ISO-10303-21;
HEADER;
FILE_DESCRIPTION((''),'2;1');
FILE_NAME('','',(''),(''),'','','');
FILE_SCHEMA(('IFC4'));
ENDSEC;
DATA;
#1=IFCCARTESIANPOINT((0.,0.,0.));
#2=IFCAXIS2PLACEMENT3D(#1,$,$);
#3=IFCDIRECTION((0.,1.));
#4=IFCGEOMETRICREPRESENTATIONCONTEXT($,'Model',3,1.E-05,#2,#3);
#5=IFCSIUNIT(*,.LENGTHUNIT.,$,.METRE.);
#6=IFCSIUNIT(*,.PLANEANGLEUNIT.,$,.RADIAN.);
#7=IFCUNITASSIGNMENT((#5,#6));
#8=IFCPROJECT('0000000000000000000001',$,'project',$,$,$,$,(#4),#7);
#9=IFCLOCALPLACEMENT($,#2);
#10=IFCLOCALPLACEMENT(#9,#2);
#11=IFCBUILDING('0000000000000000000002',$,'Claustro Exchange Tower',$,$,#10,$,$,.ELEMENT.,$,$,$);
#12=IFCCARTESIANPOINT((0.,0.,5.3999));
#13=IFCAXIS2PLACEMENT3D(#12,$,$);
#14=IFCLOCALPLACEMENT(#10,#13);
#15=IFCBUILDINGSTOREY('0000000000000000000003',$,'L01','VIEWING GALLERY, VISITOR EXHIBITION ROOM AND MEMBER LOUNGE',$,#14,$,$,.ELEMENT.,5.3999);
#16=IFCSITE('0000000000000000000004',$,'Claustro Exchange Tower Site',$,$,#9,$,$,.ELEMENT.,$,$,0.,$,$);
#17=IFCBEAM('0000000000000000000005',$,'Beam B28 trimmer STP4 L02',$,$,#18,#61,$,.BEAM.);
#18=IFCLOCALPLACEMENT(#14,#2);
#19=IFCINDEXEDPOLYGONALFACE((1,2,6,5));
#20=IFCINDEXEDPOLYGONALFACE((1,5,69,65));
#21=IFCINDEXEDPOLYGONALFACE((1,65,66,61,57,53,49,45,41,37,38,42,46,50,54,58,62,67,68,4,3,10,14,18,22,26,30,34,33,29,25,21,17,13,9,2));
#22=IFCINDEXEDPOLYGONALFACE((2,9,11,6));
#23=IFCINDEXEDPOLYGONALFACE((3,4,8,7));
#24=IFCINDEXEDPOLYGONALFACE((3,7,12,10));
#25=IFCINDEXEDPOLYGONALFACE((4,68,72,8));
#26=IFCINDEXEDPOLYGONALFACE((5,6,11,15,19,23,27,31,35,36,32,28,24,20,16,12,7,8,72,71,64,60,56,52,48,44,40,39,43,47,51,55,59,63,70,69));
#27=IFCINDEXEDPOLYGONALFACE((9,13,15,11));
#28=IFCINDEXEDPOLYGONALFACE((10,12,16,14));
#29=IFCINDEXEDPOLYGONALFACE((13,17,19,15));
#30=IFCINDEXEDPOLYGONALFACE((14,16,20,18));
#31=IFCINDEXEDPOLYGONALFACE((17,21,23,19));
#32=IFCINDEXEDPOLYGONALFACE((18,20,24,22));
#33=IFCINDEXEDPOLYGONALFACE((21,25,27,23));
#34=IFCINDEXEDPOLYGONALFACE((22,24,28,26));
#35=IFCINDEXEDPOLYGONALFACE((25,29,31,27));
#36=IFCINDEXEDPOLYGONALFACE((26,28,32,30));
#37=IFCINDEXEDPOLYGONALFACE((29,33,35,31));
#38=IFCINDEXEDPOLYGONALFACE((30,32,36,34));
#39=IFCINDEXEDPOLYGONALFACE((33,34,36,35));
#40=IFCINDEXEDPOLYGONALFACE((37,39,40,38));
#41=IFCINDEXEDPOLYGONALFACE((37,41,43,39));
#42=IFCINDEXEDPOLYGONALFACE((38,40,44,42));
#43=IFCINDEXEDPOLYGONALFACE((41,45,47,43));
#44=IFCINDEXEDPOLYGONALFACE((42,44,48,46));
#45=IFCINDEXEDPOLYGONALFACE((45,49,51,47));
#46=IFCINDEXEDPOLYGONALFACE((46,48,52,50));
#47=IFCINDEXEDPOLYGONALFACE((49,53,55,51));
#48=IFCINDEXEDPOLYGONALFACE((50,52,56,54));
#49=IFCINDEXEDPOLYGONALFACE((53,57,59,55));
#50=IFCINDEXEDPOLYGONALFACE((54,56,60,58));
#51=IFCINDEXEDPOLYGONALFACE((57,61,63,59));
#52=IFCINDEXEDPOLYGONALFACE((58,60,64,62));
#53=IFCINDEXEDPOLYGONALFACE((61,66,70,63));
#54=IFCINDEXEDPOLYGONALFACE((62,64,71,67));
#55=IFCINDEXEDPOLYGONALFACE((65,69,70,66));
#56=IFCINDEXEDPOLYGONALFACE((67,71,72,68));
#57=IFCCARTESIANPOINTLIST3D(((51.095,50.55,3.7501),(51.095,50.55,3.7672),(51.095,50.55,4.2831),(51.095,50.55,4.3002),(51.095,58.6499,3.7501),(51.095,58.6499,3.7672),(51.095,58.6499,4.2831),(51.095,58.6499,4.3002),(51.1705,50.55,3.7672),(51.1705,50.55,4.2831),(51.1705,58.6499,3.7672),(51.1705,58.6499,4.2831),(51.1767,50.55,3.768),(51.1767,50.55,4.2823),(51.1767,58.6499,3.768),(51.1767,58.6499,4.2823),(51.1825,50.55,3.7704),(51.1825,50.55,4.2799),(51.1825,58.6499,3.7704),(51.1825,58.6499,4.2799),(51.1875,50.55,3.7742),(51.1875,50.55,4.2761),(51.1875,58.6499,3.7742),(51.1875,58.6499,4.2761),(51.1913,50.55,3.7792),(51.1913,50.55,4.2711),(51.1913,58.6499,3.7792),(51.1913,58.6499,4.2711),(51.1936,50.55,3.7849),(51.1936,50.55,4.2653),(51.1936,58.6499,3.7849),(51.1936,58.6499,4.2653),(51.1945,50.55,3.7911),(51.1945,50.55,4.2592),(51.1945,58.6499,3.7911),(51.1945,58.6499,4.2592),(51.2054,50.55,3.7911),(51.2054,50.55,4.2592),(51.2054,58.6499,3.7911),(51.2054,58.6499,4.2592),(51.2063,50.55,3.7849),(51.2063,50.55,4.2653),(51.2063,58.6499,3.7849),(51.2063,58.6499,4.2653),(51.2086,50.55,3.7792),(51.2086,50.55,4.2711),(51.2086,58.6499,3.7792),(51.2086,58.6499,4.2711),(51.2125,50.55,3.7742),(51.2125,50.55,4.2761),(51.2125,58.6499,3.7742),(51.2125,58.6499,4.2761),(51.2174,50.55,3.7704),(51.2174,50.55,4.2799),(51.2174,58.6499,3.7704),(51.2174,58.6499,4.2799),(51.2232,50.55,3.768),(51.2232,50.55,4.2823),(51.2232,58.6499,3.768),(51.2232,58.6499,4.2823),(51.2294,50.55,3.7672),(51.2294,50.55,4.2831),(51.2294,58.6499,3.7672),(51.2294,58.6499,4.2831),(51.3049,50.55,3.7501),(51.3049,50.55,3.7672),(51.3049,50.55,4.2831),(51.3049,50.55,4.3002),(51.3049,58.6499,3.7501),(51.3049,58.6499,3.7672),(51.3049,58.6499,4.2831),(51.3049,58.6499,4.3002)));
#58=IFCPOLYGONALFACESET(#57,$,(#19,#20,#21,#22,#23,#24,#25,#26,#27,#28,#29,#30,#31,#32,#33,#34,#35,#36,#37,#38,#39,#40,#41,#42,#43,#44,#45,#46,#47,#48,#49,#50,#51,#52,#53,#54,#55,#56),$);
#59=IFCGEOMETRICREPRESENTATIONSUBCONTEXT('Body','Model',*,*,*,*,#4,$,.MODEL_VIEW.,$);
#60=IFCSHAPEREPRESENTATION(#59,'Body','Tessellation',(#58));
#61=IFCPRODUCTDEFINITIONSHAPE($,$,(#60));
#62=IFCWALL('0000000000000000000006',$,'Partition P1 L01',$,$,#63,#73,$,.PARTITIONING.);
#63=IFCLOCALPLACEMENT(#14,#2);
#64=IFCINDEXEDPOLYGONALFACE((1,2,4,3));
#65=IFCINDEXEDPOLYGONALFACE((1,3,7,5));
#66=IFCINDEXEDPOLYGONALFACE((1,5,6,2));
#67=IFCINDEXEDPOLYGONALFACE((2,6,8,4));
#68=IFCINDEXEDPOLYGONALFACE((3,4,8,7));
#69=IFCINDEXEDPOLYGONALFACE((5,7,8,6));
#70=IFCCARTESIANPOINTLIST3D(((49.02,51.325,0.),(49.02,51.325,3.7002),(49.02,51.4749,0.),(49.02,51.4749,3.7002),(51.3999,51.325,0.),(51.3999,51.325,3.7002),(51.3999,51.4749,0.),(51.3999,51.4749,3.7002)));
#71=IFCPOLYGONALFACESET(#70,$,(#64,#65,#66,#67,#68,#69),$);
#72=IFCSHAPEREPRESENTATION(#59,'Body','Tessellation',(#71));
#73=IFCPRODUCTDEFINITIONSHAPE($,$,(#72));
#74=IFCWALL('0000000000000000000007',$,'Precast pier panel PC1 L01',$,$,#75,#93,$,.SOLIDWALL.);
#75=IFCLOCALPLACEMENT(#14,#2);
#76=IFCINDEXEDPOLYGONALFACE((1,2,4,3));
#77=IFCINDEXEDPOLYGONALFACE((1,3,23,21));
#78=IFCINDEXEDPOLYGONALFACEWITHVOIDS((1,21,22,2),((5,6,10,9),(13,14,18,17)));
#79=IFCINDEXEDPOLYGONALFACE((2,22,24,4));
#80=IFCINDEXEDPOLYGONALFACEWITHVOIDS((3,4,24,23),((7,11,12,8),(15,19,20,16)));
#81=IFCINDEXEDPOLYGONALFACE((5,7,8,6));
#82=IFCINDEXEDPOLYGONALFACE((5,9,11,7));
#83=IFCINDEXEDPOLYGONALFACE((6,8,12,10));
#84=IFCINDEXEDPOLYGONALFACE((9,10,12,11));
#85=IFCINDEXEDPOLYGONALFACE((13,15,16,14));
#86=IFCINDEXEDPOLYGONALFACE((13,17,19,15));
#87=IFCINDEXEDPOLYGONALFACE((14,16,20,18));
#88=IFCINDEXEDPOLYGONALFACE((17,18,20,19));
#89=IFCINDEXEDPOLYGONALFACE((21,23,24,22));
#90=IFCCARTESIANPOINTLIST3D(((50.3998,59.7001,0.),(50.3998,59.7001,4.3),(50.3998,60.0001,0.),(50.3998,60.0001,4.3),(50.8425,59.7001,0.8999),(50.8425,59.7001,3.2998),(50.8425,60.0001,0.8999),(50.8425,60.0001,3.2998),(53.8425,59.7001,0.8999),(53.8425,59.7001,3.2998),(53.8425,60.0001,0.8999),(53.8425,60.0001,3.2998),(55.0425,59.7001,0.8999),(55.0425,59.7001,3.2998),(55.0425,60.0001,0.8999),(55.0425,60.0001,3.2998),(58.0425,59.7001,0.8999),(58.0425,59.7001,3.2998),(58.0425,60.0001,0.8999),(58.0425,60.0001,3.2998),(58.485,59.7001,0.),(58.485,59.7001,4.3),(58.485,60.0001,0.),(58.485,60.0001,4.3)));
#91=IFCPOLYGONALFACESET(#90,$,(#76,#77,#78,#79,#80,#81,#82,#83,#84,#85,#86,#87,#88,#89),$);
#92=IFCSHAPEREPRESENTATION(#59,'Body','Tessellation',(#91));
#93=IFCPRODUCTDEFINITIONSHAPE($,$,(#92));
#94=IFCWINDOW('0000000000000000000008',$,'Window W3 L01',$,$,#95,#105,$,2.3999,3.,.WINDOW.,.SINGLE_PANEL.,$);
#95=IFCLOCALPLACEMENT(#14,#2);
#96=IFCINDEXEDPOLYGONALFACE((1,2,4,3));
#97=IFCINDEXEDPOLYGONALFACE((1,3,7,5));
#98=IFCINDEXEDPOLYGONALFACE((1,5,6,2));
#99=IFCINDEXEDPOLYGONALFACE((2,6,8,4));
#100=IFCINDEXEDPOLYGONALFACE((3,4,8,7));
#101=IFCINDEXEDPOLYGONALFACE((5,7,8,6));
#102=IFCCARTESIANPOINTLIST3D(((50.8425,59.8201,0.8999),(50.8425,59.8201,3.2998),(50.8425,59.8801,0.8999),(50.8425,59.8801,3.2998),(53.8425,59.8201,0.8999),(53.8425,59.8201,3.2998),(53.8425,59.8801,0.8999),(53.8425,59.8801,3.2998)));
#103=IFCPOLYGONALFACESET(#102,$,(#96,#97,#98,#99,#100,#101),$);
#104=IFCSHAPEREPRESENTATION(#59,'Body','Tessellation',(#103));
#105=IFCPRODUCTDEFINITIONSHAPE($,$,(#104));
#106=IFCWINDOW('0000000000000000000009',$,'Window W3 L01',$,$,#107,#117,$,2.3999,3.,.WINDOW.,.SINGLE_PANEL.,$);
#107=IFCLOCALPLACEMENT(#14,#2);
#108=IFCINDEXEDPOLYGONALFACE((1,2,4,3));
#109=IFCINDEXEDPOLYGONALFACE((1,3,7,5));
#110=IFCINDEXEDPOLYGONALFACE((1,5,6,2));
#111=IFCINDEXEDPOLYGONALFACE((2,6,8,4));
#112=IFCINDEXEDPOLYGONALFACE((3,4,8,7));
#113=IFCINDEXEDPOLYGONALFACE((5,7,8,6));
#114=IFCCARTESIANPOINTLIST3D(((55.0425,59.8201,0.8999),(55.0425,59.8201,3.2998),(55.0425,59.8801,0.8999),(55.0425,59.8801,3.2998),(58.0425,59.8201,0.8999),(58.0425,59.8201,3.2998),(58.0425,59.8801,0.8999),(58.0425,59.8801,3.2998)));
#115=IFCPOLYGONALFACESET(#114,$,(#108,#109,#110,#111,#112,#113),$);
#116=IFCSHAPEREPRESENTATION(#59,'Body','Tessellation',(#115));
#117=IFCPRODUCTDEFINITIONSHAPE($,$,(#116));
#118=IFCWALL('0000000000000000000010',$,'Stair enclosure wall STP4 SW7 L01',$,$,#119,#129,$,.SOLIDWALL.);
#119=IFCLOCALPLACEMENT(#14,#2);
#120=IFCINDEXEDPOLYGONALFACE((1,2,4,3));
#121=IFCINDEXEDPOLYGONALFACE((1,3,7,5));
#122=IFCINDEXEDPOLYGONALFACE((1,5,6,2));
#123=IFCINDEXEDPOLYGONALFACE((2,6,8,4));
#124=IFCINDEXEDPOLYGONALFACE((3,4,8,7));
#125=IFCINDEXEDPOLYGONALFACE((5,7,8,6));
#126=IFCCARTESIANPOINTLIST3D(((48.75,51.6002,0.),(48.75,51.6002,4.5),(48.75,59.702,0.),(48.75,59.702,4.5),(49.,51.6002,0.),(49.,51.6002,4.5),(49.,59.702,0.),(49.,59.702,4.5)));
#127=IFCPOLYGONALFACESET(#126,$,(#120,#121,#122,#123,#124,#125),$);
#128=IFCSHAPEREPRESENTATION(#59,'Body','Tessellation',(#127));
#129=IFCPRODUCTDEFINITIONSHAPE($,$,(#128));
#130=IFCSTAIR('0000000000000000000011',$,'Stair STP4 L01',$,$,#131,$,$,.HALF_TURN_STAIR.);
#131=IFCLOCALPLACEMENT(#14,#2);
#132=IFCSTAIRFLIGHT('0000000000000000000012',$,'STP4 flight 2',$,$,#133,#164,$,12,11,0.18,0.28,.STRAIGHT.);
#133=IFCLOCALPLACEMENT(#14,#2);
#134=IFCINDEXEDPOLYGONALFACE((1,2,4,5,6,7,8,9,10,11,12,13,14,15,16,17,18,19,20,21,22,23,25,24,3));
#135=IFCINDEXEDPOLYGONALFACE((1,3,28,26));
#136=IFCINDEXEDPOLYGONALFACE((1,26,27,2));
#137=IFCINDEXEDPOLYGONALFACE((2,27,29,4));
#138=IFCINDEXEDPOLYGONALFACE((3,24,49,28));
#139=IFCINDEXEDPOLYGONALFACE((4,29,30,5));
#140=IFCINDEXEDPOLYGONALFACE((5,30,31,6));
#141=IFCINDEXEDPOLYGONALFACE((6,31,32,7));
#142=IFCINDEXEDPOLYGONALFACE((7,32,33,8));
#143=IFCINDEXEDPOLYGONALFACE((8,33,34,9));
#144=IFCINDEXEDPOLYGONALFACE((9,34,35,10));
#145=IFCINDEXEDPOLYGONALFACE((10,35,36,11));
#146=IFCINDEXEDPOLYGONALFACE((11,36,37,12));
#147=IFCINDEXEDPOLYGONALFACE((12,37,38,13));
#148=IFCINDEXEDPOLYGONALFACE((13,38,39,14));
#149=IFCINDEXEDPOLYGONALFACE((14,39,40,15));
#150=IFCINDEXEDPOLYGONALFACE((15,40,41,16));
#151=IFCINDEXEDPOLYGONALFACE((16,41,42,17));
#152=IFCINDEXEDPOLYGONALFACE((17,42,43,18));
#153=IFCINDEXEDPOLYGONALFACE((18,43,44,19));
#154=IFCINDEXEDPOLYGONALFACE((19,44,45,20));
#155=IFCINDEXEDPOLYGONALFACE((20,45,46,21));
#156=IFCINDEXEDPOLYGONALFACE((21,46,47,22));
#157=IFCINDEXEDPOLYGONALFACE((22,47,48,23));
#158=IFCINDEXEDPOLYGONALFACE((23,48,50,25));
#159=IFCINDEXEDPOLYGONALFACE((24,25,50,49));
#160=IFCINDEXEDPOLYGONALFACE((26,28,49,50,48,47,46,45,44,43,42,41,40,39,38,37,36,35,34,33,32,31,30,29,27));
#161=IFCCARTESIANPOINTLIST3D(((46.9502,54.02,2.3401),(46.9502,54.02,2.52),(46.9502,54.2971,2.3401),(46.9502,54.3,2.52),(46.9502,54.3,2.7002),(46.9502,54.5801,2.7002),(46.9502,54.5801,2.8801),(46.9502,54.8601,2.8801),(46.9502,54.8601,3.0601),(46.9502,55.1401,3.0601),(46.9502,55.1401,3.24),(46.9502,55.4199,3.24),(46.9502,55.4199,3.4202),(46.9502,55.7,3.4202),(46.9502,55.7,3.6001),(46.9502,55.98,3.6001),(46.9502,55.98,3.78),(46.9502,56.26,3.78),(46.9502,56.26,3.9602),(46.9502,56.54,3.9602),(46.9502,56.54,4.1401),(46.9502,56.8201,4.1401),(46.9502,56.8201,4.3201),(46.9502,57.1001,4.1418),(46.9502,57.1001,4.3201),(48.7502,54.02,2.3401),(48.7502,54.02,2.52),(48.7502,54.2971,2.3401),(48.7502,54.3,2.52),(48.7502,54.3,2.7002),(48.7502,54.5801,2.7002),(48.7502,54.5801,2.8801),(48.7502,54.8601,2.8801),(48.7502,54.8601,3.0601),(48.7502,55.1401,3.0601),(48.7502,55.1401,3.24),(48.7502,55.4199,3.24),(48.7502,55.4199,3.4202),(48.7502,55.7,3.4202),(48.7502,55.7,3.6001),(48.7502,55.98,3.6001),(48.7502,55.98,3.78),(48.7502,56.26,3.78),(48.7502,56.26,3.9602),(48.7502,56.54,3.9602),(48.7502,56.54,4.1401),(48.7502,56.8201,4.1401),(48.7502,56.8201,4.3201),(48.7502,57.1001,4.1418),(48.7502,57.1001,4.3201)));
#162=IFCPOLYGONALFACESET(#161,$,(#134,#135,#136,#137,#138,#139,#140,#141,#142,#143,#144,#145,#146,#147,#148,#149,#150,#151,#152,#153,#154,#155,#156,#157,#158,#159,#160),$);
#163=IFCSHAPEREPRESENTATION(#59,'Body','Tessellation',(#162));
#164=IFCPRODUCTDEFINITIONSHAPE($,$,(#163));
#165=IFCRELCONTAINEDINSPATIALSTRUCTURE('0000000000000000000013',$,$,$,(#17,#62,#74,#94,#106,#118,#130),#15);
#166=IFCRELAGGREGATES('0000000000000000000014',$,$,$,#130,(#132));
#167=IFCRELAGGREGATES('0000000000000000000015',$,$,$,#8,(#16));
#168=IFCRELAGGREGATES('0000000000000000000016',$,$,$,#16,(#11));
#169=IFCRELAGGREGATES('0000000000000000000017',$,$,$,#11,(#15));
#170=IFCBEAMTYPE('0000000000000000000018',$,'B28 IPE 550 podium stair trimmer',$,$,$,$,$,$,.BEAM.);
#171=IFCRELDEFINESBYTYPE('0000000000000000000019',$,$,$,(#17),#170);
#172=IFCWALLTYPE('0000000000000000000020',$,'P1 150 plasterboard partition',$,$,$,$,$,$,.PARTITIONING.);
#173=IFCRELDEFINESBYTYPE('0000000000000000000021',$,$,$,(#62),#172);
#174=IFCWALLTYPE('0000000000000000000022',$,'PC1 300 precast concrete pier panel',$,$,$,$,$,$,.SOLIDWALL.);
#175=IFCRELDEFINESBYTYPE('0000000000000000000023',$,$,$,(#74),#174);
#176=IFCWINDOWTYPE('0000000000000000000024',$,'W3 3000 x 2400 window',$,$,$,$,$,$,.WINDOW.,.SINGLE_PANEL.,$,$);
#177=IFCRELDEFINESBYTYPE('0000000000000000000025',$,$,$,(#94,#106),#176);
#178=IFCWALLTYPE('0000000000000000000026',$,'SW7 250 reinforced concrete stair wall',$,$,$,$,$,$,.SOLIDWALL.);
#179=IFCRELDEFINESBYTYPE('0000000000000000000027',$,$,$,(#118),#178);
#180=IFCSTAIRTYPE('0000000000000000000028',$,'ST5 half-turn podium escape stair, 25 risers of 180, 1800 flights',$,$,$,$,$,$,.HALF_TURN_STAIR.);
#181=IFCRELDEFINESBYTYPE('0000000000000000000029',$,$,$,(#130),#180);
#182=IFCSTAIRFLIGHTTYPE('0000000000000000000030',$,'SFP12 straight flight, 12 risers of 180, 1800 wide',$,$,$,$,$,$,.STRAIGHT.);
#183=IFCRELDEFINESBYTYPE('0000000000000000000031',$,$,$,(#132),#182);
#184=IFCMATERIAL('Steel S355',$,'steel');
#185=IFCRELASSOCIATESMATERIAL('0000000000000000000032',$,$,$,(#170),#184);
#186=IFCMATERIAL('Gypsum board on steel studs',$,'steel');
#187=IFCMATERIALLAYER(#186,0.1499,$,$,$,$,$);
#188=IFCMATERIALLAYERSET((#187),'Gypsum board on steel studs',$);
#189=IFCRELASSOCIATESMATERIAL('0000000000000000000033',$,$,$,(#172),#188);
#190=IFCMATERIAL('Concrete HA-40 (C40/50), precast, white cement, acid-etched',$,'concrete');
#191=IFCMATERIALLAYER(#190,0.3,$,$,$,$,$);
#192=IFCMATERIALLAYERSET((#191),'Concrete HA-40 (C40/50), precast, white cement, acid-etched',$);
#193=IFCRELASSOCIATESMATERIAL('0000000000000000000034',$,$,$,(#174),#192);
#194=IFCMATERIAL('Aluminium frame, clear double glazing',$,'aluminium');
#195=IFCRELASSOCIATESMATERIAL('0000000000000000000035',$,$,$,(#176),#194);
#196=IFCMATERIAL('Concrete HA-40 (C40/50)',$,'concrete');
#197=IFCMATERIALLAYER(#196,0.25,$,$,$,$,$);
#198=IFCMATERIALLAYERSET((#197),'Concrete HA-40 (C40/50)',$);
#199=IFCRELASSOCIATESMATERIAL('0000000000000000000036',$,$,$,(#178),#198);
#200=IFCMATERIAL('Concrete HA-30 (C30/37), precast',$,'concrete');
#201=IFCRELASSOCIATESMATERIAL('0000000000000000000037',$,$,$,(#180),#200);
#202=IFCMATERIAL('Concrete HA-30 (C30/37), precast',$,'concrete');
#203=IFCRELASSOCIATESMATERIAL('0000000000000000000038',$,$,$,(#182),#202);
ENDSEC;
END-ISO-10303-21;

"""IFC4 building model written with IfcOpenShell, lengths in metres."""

from ifc_helpers import new_model, si_unit, direction, frame, frame_2d, origin, origin_2d, place, context, subcontext, project, spatial, polyline, rectangle, i_section, outline, extrude, material, layer, layer_set, material_profile, profile_set, type_object, element, fill, aggregate, save


model = new_model("IFC4")

# Units and contexts
model_context = context("Model", 3, precision=1e-05, world=origin(), true_north=direction((0.0, 1.0)))
body_context = subcontext(model_context, "Body", "Model", "MODEL_VIEW")
ifc_project = project(units=[si_unit("LENGTHUNIT", "METRE"), si_unit("PLANEANGLEUNIT", "RADIAN")], contexts=[model_context])

# Site, building, storey
site_placement = place(None, origin())
site = spatial("IfcSite", under=ifc_project, at=site_placement, Name="Claustro Exchange Tower Site", CompositionType="ELEMENT", RefElevation=0.0)
building_placement = place(site_placement, origin())
building = spatial("IfcBuilding", under=site, at=building_placement, Name="Claustro Exchange Tower", CompositionType="ELEMENT")
storey_placement = place(building_placement, frame((0.0, 0.0, 5.3999)))
storey = spatial("IfcBuildingStorey", under=building, at=storey_placement, Name="L01", Description="VIEWING GALLERY, VISITOR EXHIBITION ROOM AND MEMBER LOUNGE", CompositionType="ELEMENT", Elevation=5.3999)

# Beam
ifc_material_1 = material(Name="Steel S355", Category="steel")
ifc_material_profile_1 = material_profile(ifc_material_1, i_section(OverallWidth=0.21, OverallDepth=0.55, WebThickness=0.011, FlangeThickness=0.0171, FilletRadius=0.0239, at=origin_2d()), Name="IPE 550")
ifc_profile_set_1 = profile_set([ifc_material_profile_1], Name="Steel S355")
beam_type_1 = type_object("IfcBeamType", Name="B28 IPE 550 podium stair trimmer", PredefinedType="BEAM", material=ifc_profile_set_1)
beam_placement = place(storey_placement, frame((51.2, 50.55, 4.0251), z_axis=(0.0, 1.0, 0.0), x_axis=(-1.0, 0.0, 0.0)))
element("IfcBeam", 1, at=beam_placement, inside=storey, type_object=beam_type_1, Name="Beam B28 trimmer STP4 L02", PredefinedType="BEAM", context=body_context, shape_type="SweptSolid", body=[
    extrude(i_section(OverallWidth=0.21, OverallDepth=0.55, WebThickness=0.011, FlangeThickness=0.0171, FilletRadius=0.0239, at=origin_2d()), origin(), (0.0, 0.0, 1.0), 8.0999),
])

# Wall
ifc_material_2 = material(Name="Gypsum board on steel studs", Category="steel")
ifc_layer_1 = layer(ifc_material_2, 0.1499)
ifc_layer_set_1 = layer_set([ifc_layer_1], Name="Gypsum board on steel studs")
wall_type_1 = type_object("IfcWallType", Name="P1 150 plasterboard partition", PredefinedType="PARTITIONING", material=ifc_layer_set_1)
wall_1_placement = place(storey_placement, frame((49.02, 51.3999, 0.0), z_axis=(0.0, 0.0, 1.0), x_axis=(1.0, 0.0, 0.0)))
element("IfcWall", 2, at=wall_1_placement, inside=storey, type_object=wall_type_1, Name="Partition P1 L01", PredefinedType="PARTITIONING", context=body_context, shape_type="SweptSolid", body=[
    extrude(rectangle(XDim=2.3799, YDim=0.1499, at=frame_2d((1.1899, 0.0))), origin(), (0.0, 0.0, 1.0), 3.7002),
])

# Wall, openings, windows
ifc_material_3 = material(Name="Concrete HA-40 (C40/50), precast, white cement, acid-etched", Category="concrete")
ifc_layer_2 = layer(ifc_material_3, 0.3)
ifc_layer_set_2 = layer_set([ifc_layer_2], Name="Concrete HA-40 (C40/50), precast, white cement, acid-etched")
wall_type_2 = type_object("IfcWallType", Name="PC1 300 precast concrete pier panel", PredefinedType="SOLIDWALL", material=ifc_layer_set_2)
wall_2_placement = place(storey_placement, frame((50.3999, 59.8501, 0.0), z_axis=(0.0, 0.0, 1.0), x_axis=(1.0, 0.0, 0.0)))
wall_2 = element("IfcWall", 3, at=wall_2_placement, inside=storey, type_object=wall_type_2, Name="Precast pier panel PC1 L01", PredefinedType="SOLIDWALL", context=body_context, shape_type="SweptSolid", body=[
    extrude(rectangle(XDim=8.0852, YDim=0.3, at=frame_2d((4.0425, 0.0))), origin(), (0.0, 0.0, 1.0), 4.3),
])
opening_1_placement = place(wall_2_placement, frame((0.4426, 0.0, 0.8999)))
opening_1 = element("IfcOpeningElement", 4, at=opening_1_placement, cuts=wall_2, PredefinedType="OPENING", context=body_context, shape_type="SweptSolid", body=[
    extrude(rectangle(XDim=3.0, YDim=2.3999, at=frame_2d((1.5, 1.2))), frame((0.0, 0.1599, 0.0), z_axis=(0.0, -1.0, 0.0), x_axis=(1.0, 0.0, 0.0)), (0.0, 0.0, 1.0), 0.3201),
])
opening_2_placement = place(wall_2_placement, frame((4.6426, 0.0, 0.8999)))
opening_2 = element("IfcOpeningElement", 5, at=opening_2_placement, cuts=wall_2, PredefinedType="OPENING", context=body_context, shape_type="SweptSolid", body=[
    extrude(rectangle(XDim=3.0, YDim=2.3999, at=frame_2d((1.5, 1.2))), frame((0.0, 0.1599, 0.0), z_axis=(0.0, -1.0, 0.0), x_axis=(1.0, 0.0, 0.0)), (0.0, 0.0, 1.0), 0.3201),
])
ifc_material_4 = material(Name="Aluminium frame, clear double glazing", Category="aluminium")
window_type = type_object("IfcWindowType", Name="W3 3000 x 2400 window", PartitioningType="SINGLE_PANEL", PredefinedType="WINDOW", material=ifc_material_4)
window_1_placement = place(opening_1_placement, origin())
window_1 = element("IfcWindow", 6, at=window_1_placement, inside=storey, type_object=window_type, Name="Window W3 L01", OverallHeight=2.3999, OverallWidth=3.0, PartitioningType="SINGLE_PANEL", PredefinedType="WINDOW", context=body_context, shape_type="SweptSolid", body=[
    extrude(rectangle(XDim=3.0, YDim=2.3999, at=frame_2d((1.5, 1.2))), frame((0.0, 0.03, 0.0), z_axis=(0.0, -1.0, 0.0), x_axis=(1.0, 0.0, 0.0)), (0.0, 0.0, 1.0), 0.0601),
])
fill(opening_1, window_1)
window_2_placement = place(opening_2_placement, origin())
window_2 = element("IfcWindow", 7, at=window_2_placement, inside=storey, type_object=window_type, Name="Window W3 L01", OverallHeight=2.3999, OverallWidth=3.0, PartitioningType="SINGLE_PANEL", PredefinedType="WINDOW", context=body_context, shape_type="SweptSolid", body=[
    extrude(rectangle(XDim=3.0, YDim=2.3999, at=frame_2d((1.5, 1.2))), frame((0.0, 0.03, 0.0), z_axis=(0.0, -1.0, 0.0), x_axis=(1.0, 0.0, 0.0)), (0.0, 0.0, 1.0), 0.0601),
])
fill(opening_2, window_2)

# Wall
ifc_material_5 = material(Name="Concrete HA-40 (C40/50)", Category="concrete")
ifc_layer_3 = layer(ifc_material_5, 0.25)
ifc_layer_set_3 = layer_set([ifc_layer_3], Name="Concrete HA-40 (C40/50)")
wall_type_3 = type_object("IfcWallType", Name="SW7 250 reinforced concrete stair wall", PredefinedType="SOLIDWALL", material=ifc_layer_set_3)
wall_3_placement = place(storey_placement, frame((48.875, 59.7019, 0.0), z_axis=(0.0, 0.0, 1.0), x_axis=(0.0, -1.0, 0.0)))
element("IfcWall", 8, at=wall_3_placement, inside=storey, type_object=wall_type_3, Name="Stair enclosure wall STP4 SW7 L01", PredefinedType="SOLIDWALL", context=body_context, shape_type="SweptSolid", body=[
    extrude(rectangle(XDim=8.1018, YDim=0.25, at=frame_2d((4.0508, 0.0))), origin(), (0.0, 0.0, 1.0), 4.5),
])

# Stair, stair flight
ifc_material_6 = material(Name="Concrete HA-30 (C30/37), precast", Category="concrete")
stair_type = type_object("IfcStairType", Name="ST5 half-turn podium escape stair, 25 risers of 180, 1800 flights", PredefinedType="HALF_TURN_STAIR", material=ifc_material_6)
stair_placement = place(storey_placement, origin())
stair = element("IfcStair", 9, at=stair_placement, inside=storey, type_object=stair_type, Name="Stair STP4 L01", PredefinedType="HALF_TURN_STAIR")
ifc_material_7 = material(Name="Concrete HA-30 (C30/37), precast", Category="concrete")
stair_flight_type_1 = type_object("IfcStairFlightType", Name="SFP12 straight flight, 12 risers of 180, 1800 wide", PredefinedType="STRAIGHT", material=ifc_material_7)
stair_flight_1_placement = place(storey_placement, frame((47.8501, 54.02, 2.3401), z_axis=(0.0, 0.0, 1.0), x_axis=(0.0, 1.0, 0.0)))
stair_flight_1 = element("IfcStairFlight", 10, at=stair_flight_1_placement, type_object=stair_flight_type_1, Name="STP4 flight 2", NumberOfRisers=12, NumberOfTreads=11, PredefinedType="STRAIGHT", RiserHeight=0.18, TreadLength=0.28, context=body_context, shape_type="SweptSolid", body=[
    extrude(outline(polyline([(0.0, 0.0), (0.0, 0.1799), (0.28, 0.1799), (0.28, 0.3601), (0.5601, 0.3601), (0.5601, 0.54), (0.8401, 0.54), (0.8401, 0.72), (1.1201, 0.72), (1.1201, 0.8999), (1.3999, 0.8999), (1.3999, 1.0801), (1.6799, 1.0801), (1.6799, 1.26), (1.96, 1.26), (1.96, 1.4399), (2.24, 1.4399), (2.24, 1.6201), (2.52, 1.6201), (2.52, 1.8), (2.8, 1.8), (2.8, 1.98), (3.0801, 1.98), (3.0801, 2.1599), (3.0801, 1.8018), (0.2771, 0.0), (0.0, 0.0)])), frame((0.0, 0.8999, 0.0), z_axis=(0.0, -1.0, 0.0), x_axis=(1.0, 0.0, 0.0)), (0.0, 0.0, 1.0), 1.8),
])
aggregate(stair, [stair_flight_1])

save(model, "model.ifc")
